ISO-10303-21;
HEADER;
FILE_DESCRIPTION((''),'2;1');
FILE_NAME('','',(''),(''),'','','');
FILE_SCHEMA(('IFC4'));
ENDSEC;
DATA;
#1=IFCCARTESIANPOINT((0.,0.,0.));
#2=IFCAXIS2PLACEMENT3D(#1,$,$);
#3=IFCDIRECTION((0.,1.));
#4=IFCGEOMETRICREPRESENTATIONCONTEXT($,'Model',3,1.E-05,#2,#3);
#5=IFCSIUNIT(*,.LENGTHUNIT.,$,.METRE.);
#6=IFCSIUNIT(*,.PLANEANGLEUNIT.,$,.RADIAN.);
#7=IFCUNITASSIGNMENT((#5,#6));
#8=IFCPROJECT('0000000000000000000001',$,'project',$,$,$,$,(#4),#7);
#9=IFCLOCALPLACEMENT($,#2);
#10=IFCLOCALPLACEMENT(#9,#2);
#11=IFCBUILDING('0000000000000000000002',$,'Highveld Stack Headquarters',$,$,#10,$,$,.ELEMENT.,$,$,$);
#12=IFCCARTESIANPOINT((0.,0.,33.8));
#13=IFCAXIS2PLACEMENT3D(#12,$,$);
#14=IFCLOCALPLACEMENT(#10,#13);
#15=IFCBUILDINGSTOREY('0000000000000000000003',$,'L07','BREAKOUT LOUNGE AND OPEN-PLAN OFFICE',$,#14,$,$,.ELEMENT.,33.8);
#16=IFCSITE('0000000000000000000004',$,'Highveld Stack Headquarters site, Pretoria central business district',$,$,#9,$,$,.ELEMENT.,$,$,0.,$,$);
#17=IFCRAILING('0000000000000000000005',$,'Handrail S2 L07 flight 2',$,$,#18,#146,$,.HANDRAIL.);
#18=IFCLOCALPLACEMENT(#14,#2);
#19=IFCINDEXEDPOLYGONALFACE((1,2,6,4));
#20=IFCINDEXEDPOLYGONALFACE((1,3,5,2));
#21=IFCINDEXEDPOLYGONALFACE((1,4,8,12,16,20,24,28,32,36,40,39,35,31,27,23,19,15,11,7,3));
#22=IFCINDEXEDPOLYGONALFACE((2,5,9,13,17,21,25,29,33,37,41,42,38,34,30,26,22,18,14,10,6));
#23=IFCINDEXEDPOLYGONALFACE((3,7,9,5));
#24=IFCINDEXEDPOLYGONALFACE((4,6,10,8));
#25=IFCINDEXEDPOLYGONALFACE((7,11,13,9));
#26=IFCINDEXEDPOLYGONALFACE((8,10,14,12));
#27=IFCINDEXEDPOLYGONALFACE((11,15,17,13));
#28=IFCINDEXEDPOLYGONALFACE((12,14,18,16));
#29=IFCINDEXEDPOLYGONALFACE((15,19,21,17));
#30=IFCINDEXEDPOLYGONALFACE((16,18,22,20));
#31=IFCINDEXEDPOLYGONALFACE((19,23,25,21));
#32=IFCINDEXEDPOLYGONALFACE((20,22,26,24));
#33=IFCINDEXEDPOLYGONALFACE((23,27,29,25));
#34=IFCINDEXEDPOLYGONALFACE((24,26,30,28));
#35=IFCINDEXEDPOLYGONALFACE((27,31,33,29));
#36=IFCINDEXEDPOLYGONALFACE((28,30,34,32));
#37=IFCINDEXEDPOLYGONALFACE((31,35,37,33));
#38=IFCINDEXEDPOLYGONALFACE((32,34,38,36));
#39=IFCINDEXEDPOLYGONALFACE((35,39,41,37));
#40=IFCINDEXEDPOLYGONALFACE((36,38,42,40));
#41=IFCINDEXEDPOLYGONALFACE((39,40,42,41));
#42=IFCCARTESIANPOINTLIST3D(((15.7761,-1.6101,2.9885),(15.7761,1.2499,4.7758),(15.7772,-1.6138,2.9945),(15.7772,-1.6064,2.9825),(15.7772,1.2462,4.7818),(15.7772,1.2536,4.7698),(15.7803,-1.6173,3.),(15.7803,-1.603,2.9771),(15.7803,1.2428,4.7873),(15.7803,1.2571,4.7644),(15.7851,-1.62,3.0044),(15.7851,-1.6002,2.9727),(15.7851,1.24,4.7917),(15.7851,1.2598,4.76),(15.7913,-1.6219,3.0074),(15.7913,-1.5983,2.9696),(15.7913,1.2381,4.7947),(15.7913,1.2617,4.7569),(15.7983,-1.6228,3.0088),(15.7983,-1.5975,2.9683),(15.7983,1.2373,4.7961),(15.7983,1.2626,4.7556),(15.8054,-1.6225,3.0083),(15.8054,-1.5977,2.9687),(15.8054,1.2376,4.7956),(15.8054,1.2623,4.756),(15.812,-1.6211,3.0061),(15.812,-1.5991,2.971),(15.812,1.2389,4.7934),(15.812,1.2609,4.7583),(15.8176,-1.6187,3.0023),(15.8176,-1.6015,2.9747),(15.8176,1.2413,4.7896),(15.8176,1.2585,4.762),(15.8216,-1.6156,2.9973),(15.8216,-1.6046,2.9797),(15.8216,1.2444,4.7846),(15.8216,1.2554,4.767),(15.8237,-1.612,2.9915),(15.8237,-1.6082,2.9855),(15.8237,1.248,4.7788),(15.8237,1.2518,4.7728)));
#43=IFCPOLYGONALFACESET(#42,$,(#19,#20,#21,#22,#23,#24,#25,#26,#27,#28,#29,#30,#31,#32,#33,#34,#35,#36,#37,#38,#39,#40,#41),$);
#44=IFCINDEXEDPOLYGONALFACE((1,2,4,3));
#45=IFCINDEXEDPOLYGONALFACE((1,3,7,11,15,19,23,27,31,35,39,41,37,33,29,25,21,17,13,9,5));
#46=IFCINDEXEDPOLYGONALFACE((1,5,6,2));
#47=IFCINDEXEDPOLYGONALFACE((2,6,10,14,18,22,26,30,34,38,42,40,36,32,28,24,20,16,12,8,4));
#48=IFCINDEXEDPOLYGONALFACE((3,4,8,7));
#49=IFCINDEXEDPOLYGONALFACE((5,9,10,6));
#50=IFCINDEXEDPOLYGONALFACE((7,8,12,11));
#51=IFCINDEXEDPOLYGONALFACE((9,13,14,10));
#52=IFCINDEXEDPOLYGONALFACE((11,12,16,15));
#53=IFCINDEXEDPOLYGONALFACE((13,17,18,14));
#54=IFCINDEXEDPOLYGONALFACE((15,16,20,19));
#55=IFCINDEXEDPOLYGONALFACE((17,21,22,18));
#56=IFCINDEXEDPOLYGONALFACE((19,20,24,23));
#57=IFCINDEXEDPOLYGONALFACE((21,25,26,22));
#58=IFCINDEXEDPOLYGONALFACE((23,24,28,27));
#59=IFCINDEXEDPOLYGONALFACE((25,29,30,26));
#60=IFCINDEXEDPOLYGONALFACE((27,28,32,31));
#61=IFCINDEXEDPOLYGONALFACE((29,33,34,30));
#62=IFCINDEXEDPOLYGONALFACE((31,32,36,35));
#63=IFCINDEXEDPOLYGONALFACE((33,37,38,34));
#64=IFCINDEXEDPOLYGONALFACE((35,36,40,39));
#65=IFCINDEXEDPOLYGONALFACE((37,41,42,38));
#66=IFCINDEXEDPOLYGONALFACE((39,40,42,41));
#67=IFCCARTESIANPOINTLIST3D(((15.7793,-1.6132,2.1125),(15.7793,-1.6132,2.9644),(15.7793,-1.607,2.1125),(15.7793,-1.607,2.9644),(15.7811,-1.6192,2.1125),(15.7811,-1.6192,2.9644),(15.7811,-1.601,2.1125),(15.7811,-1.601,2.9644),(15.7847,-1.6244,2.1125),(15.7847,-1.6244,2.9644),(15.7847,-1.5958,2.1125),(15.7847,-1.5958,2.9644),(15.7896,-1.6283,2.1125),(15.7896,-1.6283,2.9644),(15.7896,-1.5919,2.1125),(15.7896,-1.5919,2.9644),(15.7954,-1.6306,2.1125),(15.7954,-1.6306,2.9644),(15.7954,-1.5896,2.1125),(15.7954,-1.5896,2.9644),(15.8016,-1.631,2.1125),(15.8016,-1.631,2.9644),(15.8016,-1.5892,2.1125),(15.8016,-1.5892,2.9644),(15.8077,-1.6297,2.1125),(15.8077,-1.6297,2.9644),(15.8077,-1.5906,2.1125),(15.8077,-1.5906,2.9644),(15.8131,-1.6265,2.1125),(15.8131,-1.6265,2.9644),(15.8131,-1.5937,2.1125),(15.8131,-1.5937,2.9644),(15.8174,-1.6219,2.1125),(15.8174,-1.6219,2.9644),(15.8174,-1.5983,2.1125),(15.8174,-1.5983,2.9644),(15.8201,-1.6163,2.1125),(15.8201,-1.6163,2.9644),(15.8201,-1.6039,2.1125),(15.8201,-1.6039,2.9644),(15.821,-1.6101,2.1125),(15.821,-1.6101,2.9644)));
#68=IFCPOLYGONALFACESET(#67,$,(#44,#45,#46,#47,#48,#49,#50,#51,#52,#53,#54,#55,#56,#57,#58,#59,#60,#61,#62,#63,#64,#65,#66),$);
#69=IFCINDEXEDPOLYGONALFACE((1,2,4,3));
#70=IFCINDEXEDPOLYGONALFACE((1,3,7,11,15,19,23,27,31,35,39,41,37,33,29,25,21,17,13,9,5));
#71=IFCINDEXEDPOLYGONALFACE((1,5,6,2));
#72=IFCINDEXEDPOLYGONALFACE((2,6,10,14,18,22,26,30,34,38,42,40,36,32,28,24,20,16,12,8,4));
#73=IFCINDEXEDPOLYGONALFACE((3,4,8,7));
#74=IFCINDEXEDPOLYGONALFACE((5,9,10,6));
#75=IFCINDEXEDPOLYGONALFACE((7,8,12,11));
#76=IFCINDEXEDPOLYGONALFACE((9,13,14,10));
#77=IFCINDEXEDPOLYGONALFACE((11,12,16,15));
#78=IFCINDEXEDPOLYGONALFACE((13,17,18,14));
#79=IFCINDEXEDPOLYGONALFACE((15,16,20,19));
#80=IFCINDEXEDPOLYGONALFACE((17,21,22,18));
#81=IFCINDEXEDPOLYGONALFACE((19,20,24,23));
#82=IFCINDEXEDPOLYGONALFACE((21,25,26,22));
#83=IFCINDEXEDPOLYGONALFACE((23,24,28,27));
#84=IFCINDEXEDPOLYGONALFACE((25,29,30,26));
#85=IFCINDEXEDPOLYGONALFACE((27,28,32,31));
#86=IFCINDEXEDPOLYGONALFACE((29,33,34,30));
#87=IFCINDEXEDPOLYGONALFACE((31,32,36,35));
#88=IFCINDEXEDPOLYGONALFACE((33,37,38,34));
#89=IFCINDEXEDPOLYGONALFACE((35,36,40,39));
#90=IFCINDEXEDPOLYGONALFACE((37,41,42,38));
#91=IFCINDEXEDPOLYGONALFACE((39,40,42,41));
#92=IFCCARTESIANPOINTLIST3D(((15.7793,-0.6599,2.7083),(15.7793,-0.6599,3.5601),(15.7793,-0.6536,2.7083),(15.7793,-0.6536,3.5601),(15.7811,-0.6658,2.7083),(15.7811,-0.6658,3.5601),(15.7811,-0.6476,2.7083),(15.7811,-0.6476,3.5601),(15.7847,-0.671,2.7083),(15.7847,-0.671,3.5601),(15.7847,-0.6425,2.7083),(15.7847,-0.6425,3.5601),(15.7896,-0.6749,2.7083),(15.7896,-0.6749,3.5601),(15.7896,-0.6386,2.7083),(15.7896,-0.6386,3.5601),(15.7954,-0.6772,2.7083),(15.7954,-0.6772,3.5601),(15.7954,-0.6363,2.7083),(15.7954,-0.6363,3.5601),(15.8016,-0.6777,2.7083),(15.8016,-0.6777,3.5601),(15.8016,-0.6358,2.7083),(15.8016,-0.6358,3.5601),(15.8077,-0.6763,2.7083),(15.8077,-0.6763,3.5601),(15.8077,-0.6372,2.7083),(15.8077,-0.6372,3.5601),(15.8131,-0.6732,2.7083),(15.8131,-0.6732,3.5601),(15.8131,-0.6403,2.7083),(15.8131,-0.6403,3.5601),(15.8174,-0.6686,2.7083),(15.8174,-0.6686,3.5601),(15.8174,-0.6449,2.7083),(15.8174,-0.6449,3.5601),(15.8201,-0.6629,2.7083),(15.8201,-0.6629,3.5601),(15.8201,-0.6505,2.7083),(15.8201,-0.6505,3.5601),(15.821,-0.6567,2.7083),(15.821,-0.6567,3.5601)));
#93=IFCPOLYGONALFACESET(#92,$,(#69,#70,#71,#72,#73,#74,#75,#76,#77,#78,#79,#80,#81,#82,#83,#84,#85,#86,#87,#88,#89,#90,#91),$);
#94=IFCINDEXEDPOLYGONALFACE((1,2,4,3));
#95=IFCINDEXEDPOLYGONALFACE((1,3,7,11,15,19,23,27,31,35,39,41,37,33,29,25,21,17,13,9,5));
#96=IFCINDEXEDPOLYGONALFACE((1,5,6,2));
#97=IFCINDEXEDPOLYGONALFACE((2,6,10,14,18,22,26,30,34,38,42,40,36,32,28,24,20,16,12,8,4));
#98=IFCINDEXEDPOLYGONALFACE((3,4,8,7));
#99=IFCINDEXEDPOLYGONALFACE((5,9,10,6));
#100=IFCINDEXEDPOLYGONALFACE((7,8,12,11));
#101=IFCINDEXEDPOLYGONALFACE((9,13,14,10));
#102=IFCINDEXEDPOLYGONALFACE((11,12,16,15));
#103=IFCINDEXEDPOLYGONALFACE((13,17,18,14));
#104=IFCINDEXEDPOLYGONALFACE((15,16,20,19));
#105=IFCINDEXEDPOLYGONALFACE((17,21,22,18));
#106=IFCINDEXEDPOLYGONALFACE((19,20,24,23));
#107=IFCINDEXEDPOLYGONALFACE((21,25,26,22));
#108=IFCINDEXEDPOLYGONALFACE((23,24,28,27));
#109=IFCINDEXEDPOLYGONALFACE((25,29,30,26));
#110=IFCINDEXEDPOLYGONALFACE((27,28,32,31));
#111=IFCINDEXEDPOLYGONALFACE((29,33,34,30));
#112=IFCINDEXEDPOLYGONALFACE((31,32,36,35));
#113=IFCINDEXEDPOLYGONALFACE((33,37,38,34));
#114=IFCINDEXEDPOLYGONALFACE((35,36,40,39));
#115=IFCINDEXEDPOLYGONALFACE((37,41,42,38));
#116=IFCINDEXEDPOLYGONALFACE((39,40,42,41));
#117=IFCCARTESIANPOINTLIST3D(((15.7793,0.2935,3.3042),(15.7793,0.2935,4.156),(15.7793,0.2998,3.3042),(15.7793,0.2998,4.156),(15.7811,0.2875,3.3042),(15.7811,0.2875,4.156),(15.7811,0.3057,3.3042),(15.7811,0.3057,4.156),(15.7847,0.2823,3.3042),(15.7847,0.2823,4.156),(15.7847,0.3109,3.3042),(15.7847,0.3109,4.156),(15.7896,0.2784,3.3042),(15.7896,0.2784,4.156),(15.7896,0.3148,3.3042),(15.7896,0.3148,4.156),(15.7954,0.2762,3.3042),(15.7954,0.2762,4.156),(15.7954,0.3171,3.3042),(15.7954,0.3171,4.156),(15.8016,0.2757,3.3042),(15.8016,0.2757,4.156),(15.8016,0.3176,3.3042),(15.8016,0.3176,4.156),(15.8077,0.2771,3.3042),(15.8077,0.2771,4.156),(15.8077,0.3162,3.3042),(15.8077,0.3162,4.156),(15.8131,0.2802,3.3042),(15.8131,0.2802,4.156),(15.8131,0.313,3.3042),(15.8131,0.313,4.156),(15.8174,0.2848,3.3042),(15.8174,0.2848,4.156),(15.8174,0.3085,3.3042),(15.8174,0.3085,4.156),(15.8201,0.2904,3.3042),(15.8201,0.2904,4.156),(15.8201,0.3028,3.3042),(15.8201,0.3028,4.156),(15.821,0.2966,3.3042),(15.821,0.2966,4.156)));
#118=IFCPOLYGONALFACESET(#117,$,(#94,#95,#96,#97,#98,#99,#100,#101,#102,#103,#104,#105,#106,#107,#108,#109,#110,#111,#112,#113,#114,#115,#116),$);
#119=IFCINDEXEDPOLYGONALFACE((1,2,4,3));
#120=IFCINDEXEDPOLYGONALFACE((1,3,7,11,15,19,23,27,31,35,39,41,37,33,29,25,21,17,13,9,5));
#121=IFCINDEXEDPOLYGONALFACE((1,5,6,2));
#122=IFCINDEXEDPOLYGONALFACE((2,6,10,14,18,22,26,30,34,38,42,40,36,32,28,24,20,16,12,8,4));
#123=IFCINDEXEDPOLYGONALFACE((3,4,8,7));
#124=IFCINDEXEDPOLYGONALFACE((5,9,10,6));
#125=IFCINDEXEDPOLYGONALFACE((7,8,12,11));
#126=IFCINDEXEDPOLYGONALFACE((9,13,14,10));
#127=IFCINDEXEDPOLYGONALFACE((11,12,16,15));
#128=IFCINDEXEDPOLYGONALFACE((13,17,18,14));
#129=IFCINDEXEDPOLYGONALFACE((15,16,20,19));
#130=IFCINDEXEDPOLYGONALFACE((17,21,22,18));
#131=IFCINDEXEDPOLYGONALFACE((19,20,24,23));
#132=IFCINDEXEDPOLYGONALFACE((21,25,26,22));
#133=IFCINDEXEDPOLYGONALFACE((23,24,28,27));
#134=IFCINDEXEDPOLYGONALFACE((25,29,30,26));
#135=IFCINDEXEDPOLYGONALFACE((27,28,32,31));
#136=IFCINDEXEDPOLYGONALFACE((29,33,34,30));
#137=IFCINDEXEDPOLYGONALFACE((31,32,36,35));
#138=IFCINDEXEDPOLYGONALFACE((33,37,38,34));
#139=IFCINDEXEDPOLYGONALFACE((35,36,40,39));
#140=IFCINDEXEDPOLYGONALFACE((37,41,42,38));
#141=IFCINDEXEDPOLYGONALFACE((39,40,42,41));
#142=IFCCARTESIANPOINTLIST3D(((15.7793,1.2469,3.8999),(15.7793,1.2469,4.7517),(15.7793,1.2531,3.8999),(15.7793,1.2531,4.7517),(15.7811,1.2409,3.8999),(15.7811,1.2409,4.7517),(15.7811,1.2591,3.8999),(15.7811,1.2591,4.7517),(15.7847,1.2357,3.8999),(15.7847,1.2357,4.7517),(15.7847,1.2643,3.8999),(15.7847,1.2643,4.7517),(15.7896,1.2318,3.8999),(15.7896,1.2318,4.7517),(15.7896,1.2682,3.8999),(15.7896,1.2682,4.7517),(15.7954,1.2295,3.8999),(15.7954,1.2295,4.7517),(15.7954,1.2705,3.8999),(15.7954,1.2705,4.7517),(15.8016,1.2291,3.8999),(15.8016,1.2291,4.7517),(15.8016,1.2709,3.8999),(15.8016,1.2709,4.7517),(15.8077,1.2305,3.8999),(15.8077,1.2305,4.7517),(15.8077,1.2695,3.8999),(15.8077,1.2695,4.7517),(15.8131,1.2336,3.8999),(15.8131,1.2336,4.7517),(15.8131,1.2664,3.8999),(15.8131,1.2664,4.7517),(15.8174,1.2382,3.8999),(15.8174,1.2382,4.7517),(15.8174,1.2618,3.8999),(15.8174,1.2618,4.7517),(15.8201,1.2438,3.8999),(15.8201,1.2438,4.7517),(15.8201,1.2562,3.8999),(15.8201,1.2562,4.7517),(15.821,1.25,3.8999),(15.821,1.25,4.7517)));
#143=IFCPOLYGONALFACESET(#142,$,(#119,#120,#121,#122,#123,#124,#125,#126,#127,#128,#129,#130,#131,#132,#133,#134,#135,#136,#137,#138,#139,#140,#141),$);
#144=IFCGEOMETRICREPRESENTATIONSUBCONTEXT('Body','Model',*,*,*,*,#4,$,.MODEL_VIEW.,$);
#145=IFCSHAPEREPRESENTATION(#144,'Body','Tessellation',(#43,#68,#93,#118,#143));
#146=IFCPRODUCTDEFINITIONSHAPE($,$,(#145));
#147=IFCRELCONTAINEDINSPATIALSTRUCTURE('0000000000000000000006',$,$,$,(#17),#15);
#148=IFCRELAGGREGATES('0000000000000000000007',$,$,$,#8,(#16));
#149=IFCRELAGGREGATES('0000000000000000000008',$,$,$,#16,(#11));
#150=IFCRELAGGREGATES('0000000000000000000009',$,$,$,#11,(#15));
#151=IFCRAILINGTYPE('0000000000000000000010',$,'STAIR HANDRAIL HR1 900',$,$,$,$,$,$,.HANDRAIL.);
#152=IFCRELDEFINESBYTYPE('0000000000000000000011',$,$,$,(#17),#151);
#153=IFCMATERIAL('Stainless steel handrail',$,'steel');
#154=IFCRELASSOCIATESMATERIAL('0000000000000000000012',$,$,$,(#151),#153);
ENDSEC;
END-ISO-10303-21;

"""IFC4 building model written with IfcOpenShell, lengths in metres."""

from ifc_helpers import new_model, si_unit, direction, frame, origin, origin_2d, place, context, subcontext, project, spatial, circle, extrude, material, type_object, element, save


model = new_model("IFC4")

# Units and contexts
model_context = context("Model", 3, precision=1e-05, world=origin(), true_north=direction((0.0, 1.0)))
body_context = subcontext(model_context, "Body", "Model", "MODEL_VIEW")
ifc_project = project(units=[si_unit("LENGTHUNIT", "METRE"), si_unit("PLANEANGLEUNIT", "RADIAN")], contexts=[model_context])

# Site, building, storey
site_placement = place(None, origin())
site = spatial("IfcSite", under=ifc_project, at=site_placement, Name="Highveld Stack Headquarters site, Pretoria central business district", CompositionType="ELEMENT", RefElevation=0.0)
building_placement = place(site_placement, origin())
building = spatial("IfcBuilding", under=site, at=building_placement, Name="Highveld Stack Headquarters", CompositionType="ELEMENT")
storey_placement = place(building_placement, frame((0.0, 0.0, 33.8)))
storey = spatial("IfcBuildingStorey", under=building, at=storey_placement, Name="L07", Description="BREAKOUT LOUNGE AND OPEN-PLAN OFFICE", CompositionType="ELEMENT", Elevation=33.8)

# Railing
ifc_material_1 = material(Name="Stainless steel handrail", Category="steel")
railing_type = type_object("IfcRailingType", Name="STAIR HANDRAIL HR1 900", PredefinedType="HANDRAIL", material=ifc_material_1)
for number, where, name in (
    (1, (15.8, -1.6101, 2.1125), "Handrail S2 L07 flight 2"),
):
    element("IfcRailing", number, at=place(storey_placement, frame(where)), inside=storey, type_object=railing_type, Name=name, PredefinedType="HANDRAIL", context=body_context, shape_type="SweptSolid", body=[
        extrude(circle(Radius=0.0239, at=origin_2d()), frame((0.0, 0.0, 0.876), z_axis=(0.0, 0.848027, 0.529953), x_axis=(-1.0, 0.0, 0.0)), (0.0, 0.0, 1.0), 3.3726),
        extrude(circle(Radius=0.021, at=origin_2d()), origin(), (0.0, 0.0, 1.0), 0.8518),
        extrude(circle(Radius=0.021, at=origin_2d()), frame((0.0, 0.9534, 0.5957)), (0.0, 0.0, 1.0), 0.8518),
        extrude(circle(Radius=0.021, at=origin_2d()), frame((0.0, 1.9067, 1.1917)), (0.0, 0.0, 1.0), 0.8518),
        extrude(circle(Radius=0.021, at=origin_2d()), frame((0.0, 2.8601, 1.7874)), (0.0, 0.0, 1.0), 0.8518),
    ])

save(model, "model.ifc")
